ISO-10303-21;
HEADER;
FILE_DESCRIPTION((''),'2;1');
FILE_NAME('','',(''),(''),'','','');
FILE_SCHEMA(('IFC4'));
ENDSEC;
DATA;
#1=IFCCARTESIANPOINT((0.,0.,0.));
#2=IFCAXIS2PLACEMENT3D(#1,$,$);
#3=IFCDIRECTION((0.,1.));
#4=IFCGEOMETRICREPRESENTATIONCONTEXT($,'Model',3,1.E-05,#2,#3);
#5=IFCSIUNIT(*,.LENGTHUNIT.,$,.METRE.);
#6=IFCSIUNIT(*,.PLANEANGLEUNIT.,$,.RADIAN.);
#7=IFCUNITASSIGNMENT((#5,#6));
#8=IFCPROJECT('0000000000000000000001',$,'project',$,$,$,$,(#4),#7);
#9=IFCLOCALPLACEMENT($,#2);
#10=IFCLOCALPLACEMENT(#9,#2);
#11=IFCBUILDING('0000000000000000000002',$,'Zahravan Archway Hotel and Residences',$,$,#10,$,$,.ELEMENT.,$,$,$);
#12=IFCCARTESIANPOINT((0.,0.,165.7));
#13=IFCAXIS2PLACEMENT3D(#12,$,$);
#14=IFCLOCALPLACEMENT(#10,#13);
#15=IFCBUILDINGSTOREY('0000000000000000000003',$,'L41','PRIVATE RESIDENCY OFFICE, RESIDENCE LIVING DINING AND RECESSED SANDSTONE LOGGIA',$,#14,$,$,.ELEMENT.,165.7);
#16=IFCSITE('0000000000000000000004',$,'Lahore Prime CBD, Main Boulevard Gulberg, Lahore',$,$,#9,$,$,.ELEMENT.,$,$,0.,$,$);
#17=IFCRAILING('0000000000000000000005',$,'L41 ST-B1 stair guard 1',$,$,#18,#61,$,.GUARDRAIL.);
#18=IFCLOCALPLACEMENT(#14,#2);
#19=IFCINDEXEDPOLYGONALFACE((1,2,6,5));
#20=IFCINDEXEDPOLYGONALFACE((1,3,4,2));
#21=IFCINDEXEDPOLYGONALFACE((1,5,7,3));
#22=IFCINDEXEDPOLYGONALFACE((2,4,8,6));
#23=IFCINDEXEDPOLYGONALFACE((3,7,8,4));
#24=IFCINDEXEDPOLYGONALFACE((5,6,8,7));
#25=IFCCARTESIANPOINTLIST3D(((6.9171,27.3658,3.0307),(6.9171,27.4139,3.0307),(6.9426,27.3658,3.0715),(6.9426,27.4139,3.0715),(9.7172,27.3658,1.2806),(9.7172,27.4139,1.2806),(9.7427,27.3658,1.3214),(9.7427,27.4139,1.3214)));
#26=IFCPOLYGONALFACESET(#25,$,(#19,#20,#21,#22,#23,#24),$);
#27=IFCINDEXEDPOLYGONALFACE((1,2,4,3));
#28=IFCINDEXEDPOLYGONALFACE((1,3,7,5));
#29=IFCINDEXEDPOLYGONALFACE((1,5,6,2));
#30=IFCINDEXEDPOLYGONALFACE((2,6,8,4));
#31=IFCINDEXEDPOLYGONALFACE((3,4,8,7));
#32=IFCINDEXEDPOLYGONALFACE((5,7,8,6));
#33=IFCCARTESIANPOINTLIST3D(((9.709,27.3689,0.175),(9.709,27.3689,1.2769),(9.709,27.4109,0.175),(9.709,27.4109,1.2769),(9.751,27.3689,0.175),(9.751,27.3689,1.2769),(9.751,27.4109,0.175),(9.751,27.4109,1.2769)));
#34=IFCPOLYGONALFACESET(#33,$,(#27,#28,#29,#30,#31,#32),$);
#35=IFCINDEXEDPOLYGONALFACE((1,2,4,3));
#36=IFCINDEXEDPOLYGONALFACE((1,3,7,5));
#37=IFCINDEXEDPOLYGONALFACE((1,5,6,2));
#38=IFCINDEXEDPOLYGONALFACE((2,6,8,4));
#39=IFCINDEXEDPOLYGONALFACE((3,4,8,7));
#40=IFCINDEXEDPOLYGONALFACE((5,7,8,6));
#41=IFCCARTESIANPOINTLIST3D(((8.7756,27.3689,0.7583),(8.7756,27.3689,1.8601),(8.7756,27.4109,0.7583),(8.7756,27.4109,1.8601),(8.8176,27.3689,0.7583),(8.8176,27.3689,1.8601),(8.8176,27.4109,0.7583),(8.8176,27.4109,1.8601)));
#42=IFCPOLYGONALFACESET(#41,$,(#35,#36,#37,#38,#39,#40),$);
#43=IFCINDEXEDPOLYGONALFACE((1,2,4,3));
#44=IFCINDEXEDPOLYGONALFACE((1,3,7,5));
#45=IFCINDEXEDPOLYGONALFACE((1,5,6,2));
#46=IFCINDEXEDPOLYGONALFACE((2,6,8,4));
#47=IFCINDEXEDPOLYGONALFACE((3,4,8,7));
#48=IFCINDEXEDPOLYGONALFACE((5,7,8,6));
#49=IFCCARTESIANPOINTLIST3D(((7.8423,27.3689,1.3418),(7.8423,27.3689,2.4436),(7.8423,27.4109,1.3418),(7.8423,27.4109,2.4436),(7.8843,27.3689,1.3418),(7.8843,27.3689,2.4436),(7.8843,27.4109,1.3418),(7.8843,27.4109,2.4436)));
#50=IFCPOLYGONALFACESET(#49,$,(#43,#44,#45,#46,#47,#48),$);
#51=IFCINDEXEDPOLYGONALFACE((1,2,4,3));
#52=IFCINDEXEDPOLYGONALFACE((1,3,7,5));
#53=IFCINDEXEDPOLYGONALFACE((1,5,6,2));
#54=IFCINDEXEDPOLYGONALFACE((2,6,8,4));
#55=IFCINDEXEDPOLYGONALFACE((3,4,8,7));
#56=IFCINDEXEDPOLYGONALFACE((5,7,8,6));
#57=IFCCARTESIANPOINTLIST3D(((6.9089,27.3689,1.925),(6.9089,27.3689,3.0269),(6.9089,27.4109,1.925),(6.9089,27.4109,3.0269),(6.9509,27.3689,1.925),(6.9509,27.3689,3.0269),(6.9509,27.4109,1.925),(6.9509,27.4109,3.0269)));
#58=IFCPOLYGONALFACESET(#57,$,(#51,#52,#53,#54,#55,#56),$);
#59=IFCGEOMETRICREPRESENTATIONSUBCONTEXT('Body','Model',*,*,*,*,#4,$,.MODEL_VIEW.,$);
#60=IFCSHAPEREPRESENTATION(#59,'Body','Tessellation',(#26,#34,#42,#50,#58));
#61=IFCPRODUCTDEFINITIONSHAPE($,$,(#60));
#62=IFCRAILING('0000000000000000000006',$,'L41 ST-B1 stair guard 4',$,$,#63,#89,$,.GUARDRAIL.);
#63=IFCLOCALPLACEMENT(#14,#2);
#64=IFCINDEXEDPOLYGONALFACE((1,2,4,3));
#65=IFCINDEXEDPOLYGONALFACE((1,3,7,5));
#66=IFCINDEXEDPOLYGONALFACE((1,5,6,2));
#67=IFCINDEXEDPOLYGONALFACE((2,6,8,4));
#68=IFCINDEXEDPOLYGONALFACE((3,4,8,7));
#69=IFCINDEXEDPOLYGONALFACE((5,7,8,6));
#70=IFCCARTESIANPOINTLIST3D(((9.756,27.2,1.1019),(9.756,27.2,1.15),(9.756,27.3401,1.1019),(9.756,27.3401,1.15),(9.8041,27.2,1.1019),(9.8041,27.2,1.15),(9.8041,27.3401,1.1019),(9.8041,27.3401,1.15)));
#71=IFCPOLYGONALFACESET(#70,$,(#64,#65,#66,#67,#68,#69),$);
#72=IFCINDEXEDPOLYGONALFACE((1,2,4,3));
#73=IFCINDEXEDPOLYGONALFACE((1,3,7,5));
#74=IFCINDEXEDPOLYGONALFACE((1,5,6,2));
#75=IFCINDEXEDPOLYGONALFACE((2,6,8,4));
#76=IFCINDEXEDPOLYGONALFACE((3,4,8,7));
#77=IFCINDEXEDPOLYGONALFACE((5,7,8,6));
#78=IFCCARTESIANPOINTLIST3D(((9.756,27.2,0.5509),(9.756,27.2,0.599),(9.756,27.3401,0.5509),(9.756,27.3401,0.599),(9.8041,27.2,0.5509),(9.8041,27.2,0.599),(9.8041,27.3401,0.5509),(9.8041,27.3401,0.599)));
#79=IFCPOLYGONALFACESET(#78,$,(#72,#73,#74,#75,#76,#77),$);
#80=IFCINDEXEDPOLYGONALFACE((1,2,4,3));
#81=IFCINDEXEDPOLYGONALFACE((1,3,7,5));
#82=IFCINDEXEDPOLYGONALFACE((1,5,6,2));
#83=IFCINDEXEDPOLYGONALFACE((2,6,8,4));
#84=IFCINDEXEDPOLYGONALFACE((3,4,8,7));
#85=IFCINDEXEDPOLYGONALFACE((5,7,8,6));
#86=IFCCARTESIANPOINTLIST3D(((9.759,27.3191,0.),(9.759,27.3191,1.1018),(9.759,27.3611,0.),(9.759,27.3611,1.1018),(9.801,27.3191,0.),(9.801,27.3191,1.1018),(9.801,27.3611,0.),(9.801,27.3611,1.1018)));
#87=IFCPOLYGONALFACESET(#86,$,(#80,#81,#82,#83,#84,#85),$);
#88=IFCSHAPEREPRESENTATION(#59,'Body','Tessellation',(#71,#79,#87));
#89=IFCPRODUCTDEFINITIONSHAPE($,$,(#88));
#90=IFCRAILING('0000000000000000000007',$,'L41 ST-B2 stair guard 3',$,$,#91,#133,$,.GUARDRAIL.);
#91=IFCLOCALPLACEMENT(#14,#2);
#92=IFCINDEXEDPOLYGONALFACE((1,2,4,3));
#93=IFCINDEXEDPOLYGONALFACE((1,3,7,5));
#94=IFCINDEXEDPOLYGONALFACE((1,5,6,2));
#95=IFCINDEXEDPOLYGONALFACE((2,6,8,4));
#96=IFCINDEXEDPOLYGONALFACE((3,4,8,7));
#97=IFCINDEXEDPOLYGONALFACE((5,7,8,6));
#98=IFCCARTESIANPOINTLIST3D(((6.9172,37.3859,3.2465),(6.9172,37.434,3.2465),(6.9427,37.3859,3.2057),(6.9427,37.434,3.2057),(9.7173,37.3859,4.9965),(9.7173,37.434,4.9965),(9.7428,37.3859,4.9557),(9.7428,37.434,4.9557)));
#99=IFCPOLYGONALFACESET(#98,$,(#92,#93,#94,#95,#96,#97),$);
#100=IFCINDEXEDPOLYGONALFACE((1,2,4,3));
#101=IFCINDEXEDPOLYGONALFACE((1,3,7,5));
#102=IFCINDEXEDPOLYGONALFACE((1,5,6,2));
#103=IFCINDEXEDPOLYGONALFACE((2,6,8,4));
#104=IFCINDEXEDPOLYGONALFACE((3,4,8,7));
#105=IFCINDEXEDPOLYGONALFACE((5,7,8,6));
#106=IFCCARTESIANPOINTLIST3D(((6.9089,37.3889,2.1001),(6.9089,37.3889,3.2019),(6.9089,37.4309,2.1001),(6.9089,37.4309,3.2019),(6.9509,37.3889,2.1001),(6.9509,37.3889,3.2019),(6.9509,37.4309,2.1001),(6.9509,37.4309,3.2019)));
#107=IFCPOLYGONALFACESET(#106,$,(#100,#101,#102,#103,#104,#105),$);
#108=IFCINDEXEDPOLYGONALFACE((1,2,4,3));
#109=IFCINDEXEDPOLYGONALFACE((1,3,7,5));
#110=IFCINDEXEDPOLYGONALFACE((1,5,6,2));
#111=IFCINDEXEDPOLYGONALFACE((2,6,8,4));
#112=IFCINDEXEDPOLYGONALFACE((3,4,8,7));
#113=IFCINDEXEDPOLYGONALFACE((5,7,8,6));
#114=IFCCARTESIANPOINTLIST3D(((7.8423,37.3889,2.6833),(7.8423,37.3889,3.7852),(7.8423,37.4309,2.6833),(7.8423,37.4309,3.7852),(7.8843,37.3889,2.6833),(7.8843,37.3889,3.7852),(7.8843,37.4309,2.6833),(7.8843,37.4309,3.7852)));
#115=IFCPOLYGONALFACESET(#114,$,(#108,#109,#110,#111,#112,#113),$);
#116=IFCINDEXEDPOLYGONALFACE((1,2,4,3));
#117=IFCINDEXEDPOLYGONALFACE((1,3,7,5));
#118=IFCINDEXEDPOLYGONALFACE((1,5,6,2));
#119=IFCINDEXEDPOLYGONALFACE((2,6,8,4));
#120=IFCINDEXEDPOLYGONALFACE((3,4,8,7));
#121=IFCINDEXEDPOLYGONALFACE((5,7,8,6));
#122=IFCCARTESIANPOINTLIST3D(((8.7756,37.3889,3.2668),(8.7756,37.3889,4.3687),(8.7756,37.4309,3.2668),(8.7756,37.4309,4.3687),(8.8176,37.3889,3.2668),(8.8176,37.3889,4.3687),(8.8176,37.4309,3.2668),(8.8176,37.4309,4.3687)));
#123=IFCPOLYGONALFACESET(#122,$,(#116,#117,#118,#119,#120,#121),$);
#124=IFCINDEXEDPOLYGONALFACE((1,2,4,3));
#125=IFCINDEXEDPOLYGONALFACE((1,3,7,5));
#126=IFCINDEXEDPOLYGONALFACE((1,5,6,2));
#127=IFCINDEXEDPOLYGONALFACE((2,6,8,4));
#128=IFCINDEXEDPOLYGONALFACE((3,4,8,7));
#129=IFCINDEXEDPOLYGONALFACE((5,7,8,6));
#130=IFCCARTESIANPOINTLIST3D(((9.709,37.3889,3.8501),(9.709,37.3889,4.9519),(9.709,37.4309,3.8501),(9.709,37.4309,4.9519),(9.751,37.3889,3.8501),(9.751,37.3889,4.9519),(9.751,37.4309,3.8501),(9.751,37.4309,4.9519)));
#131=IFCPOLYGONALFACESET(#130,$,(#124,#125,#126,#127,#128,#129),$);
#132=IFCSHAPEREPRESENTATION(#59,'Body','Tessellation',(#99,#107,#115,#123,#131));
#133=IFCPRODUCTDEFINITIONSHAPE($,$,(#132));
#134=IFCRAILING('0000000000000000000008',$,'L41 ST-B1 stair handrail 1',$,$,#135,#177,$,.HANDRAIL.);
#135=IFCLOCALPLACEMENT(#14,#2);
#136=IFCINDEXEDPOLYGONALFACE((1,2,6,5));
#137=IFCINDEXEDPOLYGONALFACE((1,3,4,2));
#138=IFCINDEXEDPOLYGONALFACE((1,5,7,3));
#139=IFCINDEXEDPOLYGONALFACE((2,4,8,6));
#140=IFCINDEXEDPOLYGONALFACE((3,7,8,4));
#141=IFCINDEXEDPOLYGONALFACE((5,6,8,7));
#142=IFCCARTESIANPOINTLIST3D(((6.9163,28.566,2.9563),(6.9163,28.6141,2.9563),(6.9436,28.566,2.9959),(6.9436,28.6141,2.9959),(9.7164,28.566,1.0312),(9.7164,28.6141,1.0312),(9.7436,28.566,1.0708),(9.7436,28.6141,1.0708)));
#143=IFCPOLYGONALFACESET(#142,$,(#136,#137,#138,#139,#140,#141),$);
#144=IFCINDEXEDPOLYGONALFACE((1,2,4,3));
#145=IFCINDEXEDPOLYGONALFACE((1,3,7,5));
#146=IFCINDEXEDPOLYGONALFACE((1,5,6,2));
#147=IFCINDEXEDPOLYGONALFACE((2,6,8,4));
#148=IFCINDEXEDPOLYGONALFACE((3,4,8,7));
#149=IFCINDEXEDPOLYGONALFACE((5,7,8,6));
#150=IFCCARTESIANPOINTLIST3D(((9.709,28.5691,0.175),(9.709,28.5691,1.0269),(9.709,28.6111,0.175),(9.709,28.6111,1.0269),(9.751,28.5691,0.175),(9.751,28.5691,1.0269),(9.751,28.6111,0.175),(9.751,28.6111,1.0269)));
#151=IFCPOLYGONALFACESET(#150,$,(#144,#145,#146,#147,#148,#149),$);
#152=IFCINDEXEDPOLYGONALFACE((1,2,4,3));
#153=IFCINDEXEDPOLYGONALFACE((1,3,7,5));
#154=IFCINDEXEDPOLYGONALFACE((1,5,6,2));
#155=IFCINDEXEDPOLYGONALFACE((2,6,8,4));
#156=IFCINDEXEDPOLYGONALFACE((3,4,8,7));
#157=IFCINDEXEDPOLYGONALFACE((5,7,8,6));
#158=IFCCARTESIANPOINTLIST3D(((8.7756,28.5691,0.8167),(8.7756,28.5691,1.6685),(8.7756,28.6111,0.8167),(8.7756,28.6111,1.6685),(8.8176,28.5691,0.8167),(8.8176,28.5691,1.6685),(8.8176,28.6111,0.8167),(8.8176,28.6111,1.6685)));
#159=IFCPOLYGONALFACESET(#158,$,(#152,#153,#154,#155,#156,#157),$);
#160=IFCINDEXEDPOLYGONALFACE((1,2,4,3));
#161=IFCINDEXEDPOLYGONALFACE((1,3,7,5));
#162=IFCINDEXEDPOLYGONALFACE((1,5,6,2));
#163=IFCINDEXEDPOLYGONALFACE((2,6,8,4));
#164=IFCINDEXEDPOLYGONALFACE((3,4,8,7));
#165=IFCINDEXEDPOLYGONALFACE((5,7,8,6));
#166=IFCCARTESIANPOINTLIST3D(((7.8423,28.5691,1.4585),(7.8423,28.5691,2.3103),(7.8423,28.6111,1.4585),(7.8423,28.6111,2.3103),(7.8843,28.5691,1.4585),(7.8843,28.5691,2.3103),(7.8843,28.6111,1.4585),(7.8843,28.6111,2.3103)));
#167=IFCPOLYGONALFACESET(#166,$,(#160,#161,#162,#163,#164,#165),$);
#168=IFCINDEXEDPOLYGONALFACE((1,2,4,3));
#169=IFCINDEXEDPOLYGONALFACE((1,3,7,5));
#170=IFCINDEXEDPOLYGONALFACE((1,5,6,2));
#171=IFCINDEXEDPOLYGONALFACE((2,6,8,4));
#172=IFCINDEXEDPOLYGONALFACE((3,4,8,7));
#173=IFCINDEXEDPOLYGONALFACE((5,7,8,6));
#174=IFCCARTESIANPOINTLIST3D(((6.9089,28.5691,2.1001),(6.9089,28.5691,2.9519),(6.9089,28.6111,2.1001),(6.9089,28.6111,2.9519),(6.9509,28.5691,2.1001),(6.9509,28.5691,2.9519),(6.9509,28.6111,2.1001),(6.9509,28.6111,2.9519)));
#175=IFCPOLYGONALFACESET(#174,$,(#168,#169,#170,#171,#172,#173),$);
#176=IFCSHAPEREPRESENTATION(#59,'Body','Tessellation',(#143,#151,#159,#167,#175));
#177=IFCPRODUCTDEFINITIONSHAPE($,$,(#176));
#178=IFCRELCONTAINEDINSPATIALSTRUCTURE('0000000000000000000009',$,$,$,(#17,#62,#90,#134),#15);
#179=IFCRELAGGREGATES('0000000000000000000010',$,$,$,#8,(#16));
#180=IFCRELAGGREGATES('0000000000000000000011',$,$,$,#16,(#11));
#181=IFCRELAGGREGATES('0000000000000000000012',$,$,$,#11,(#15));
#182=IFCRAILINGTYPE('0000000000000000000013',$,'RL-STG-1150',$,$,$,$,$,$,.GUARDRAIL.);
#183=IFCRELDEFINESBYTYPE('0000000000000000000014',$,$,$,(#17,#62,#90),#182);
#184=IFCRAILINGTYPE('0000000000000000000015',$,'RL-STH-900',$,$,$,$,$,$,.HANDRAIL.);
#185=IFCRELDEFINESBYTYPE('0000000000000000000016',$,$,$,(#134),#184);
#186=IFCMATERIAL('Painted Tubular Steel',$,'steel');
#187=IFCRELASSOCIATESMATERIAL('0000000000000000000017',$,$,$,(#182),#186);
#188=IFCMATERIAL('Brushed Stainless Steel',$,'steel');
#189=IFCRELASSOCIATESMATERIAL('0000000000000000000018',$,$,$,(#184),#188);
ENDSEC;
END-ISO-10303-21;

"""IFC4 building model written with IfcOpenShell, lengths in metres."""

from ifc_helpers import new_model, si_unit, direction, frame, origin, origin_2d, place, context, subcontext, project, spatial, rectangle, extrude, material, type_object, element, save


model = new_model("IFC4")

# Units and contexts
model_context = context("Model", 3, precision=1e-05, world=origin(), true_north=direction((0.0, 1.0)))
body_context = subcontext(model_context, "Body", "Model", "MODEL_VIEW")
ifc_project = project(units=[si_unit("LENGTHUNIT", "METRE"), si_unit("PLANEANGLEUNIT", "RADIAN")], contexts=[model_context])

# Site, building, storey
site_placement = place(None, origin())
site = spatial("IfcSite", under=ifc_project, at=site_placement, Name="Lahore Prime CBD, Main Boulevard Gulberg, Lahore", CompositionType="ELEMENT", RefElevation=0.0)
building_placement = place(site_placement, origin())
building = spatial("IfcBuilding", under=site, at=building_placement, Name="Zahravan Archway Hotel and Residences", CompositionType="ELEMENT")
storey_placement = place(building_placement, frame((0.0, 0.0, 165.7)))
storey = spatial("IfcBuildingStorey", under=building, at=storey_placement, Name="L41", Description="PRIVATE RESIDENCY OFFICE, RESIDENCE LIVING DINING AND RECESSED SANDSTONE LOGGIA", CompositionType="ELEMENT", Elevation=165.7)

# Shared definitions
ifc_material_1 = material(Name="Brushed Stainless Steel", Category="steel")

# Railings
ifc_material_2 = material(Name="Painted Tubular Steel", Category="steel")
railing_type_1 = type_object("IfcRailingType", Name="RL-STG-1150", PredefinedType="GUARDRAIL", material=ifc_material_2)
railing_1_placement = place(storey_placement, frame((9.73, 27.3899, 0.175)))
element("IfcRailing", 1, at=railing_1_placement, inside=storey, type_object=railing_type_1, Name="L41 ST-B1 stair guard 1", PredefinedType="GUARDRAIL", context=body_context, shape_type="SweptSolid", body=[
    extrude(rectangle(XDim=0.0481, YDim=0.0481, at=origin_2d()), frame((0.0, 0.0, 1.126), z_axis=(-0.848002, 0.0, 0.529992), x_axis=(0.0, -1.0, 0.0)), (0.0, 0.0, 1.0), 3.302),
    extrude(rectangle(XDim=0.042, YDim=0.042, at=origin_2d()), origin(), (0.0, 0.0, 1.0), 1.1018),
    extrude(rectangle(XDim=0.042, YDim=0.042, at=origin_2d()), frame((-0.9333, 0.0, 0.5833)), (0.0, 0.0, 1.0), 1.1018),
    extrude(rectangle(XDim=0.042, YDim=0.042, at=origin_2d()), frame((-1.8667, 0.0, 1.1667)), (0.0, 0.0, 1.0), 1.1018),
    extrude(rectangle(XDim=0.042, YDim=0.042, at=origin_2d()), frame((-2.8, 0.0, 1.75)), (0.0, 0.0, 1.0), 1.1018),
])
railing_2_placement = place(storey_placement, frame((9.78, 27.3401, 0.0)))
element("IfcRailing", 2, at=railing_2_placement, inside=storey, type_object=railing_type_1, Name="L41 ST-B1 stair guard 4", PredefinedType="GUARDRAIL", context=body_context, shape_type="SweptSolid", body=[
    extrude(rectangle(XDim=0.0481, YDim=0.0481, at=origin_2d()), frame((0.0, 0.0, 1.126), z_axis=(0.0, -1.0, 0.0), x_axis=(1.0, 0.0, 0.0)), (0.0, 0.0, 1.0), 0.1401),
    extrude(rectangle(XDim=0.0481, YDim=0.0481, at=origin_2d()), frame((0.0, 0.0, 0.575), z_axis=(0.0, -1.0, 0.0), x_axis=(1.0, 0.0, 0.0)), (0.0, 0.0, 1.0), 0.1401),
    extrude(rectangle(XDim=0.042, YDim=0.042, at=origin_2d()), origin(), (0.0, 0.0, 1.0), 1.1018),
])
railing_3_placement = place(storey_placement, frame((6.9299, 37.4099, 2.1001)))
element("IfcRailing", 3, at=railing_3_placement, inside=storey, type_object=railing_type_1, Name="L41 ST-B2 stair guard 3", PredefinedType="GUARDRAIL", context=body_context, shape_type="SweptSolid", body=[
    extrude(rectangle(XDim=0.0481, YDim=0.0481, at=origin_2d()), frame((0.0, 0.0, 1.126), z_axis=(0.848002, 0.0, 0.529992), x_axis=(0.0, 1.0, 0.0)), (0.0, 0.0, 1.0), 3.302),
    extrude(rectangle(XDim=0.042, YDim=0.042, at=origin_2d()), origin(), (0.0, 0.0, 1.0), 1.1018),
    extrude(rectangle(XDim=0.042, YDim=0.042, at=origin_2d()), frame((0.9333, 0.0, 0.5833)), (0.0, 0.0, 1.0), 1.1018),
    extrude(rectangle(XDim=0.042, YDim=0.042, at=origin_2d()), frame((1.8667, 0.0, 1.1667)), (0.0, 0.0, 1.0), 1.1018),
    extrude(rectangle(XDim=0.042, YDim=0.042, at=origin_2d()), frame((2.8, 0.0, 1.75)), (0.0, 0.0, 1.0), 1.1018),
])
railing_type_2 = type_object("IfcRailingType", Name="RL-STH-900", PredefinedType="HANDRAIL", material=ifc_material_1)
railing_4_placement = place(storey_placement, frame((9.73, 28.5901, 0.175)))
element("IfcRailing", 4, at=railing_4_placement, inside=storey, type_object=railing_type_2, Name="L41 ST-B1 stair handrail 1", PredefinedType="HANDRAIL", context=body_context, shape_type="SweptSolid", body=[
    extrude(rectangle(XDim=0.0481, YDim=0.0481, at=origin_2d()), frame((0.0, 0.0, 0.876), z_axis=(-0.82404, 0.0, 0.566532), x_axis=(0.0, -1.0, 0.0)), (0.0, 0.0, 1.0), 3.3979),
    extrude(rectangle(XDim=0.042, YDim=0.042, at=origin_2d()), origin(), (0.0, 0.0, 1.0), 0.8518),
    extrude(rectangle(XDim=0.042, YDim=0.042, at=origin_2d()), frame((-0.9333, 0.0, 0.6416)), (0.0, 0.0, 1.0), 0.8518),
    extrude(rectangle(XDim=0.042, YDim=0.042, at=origin_2d()), frame((-1.8667, 0.0, 1.2834)), (0.0, 0.0, 1.0), 0.8518),
    extrude(rectangle(XDim=0.042, YDim=0.042, at=origin_2d()), frame((-2.8, 0.0, 1.925)), (0.0, 0.0, 1.0), 0.8518),
])

save(model, "model.ifc")
